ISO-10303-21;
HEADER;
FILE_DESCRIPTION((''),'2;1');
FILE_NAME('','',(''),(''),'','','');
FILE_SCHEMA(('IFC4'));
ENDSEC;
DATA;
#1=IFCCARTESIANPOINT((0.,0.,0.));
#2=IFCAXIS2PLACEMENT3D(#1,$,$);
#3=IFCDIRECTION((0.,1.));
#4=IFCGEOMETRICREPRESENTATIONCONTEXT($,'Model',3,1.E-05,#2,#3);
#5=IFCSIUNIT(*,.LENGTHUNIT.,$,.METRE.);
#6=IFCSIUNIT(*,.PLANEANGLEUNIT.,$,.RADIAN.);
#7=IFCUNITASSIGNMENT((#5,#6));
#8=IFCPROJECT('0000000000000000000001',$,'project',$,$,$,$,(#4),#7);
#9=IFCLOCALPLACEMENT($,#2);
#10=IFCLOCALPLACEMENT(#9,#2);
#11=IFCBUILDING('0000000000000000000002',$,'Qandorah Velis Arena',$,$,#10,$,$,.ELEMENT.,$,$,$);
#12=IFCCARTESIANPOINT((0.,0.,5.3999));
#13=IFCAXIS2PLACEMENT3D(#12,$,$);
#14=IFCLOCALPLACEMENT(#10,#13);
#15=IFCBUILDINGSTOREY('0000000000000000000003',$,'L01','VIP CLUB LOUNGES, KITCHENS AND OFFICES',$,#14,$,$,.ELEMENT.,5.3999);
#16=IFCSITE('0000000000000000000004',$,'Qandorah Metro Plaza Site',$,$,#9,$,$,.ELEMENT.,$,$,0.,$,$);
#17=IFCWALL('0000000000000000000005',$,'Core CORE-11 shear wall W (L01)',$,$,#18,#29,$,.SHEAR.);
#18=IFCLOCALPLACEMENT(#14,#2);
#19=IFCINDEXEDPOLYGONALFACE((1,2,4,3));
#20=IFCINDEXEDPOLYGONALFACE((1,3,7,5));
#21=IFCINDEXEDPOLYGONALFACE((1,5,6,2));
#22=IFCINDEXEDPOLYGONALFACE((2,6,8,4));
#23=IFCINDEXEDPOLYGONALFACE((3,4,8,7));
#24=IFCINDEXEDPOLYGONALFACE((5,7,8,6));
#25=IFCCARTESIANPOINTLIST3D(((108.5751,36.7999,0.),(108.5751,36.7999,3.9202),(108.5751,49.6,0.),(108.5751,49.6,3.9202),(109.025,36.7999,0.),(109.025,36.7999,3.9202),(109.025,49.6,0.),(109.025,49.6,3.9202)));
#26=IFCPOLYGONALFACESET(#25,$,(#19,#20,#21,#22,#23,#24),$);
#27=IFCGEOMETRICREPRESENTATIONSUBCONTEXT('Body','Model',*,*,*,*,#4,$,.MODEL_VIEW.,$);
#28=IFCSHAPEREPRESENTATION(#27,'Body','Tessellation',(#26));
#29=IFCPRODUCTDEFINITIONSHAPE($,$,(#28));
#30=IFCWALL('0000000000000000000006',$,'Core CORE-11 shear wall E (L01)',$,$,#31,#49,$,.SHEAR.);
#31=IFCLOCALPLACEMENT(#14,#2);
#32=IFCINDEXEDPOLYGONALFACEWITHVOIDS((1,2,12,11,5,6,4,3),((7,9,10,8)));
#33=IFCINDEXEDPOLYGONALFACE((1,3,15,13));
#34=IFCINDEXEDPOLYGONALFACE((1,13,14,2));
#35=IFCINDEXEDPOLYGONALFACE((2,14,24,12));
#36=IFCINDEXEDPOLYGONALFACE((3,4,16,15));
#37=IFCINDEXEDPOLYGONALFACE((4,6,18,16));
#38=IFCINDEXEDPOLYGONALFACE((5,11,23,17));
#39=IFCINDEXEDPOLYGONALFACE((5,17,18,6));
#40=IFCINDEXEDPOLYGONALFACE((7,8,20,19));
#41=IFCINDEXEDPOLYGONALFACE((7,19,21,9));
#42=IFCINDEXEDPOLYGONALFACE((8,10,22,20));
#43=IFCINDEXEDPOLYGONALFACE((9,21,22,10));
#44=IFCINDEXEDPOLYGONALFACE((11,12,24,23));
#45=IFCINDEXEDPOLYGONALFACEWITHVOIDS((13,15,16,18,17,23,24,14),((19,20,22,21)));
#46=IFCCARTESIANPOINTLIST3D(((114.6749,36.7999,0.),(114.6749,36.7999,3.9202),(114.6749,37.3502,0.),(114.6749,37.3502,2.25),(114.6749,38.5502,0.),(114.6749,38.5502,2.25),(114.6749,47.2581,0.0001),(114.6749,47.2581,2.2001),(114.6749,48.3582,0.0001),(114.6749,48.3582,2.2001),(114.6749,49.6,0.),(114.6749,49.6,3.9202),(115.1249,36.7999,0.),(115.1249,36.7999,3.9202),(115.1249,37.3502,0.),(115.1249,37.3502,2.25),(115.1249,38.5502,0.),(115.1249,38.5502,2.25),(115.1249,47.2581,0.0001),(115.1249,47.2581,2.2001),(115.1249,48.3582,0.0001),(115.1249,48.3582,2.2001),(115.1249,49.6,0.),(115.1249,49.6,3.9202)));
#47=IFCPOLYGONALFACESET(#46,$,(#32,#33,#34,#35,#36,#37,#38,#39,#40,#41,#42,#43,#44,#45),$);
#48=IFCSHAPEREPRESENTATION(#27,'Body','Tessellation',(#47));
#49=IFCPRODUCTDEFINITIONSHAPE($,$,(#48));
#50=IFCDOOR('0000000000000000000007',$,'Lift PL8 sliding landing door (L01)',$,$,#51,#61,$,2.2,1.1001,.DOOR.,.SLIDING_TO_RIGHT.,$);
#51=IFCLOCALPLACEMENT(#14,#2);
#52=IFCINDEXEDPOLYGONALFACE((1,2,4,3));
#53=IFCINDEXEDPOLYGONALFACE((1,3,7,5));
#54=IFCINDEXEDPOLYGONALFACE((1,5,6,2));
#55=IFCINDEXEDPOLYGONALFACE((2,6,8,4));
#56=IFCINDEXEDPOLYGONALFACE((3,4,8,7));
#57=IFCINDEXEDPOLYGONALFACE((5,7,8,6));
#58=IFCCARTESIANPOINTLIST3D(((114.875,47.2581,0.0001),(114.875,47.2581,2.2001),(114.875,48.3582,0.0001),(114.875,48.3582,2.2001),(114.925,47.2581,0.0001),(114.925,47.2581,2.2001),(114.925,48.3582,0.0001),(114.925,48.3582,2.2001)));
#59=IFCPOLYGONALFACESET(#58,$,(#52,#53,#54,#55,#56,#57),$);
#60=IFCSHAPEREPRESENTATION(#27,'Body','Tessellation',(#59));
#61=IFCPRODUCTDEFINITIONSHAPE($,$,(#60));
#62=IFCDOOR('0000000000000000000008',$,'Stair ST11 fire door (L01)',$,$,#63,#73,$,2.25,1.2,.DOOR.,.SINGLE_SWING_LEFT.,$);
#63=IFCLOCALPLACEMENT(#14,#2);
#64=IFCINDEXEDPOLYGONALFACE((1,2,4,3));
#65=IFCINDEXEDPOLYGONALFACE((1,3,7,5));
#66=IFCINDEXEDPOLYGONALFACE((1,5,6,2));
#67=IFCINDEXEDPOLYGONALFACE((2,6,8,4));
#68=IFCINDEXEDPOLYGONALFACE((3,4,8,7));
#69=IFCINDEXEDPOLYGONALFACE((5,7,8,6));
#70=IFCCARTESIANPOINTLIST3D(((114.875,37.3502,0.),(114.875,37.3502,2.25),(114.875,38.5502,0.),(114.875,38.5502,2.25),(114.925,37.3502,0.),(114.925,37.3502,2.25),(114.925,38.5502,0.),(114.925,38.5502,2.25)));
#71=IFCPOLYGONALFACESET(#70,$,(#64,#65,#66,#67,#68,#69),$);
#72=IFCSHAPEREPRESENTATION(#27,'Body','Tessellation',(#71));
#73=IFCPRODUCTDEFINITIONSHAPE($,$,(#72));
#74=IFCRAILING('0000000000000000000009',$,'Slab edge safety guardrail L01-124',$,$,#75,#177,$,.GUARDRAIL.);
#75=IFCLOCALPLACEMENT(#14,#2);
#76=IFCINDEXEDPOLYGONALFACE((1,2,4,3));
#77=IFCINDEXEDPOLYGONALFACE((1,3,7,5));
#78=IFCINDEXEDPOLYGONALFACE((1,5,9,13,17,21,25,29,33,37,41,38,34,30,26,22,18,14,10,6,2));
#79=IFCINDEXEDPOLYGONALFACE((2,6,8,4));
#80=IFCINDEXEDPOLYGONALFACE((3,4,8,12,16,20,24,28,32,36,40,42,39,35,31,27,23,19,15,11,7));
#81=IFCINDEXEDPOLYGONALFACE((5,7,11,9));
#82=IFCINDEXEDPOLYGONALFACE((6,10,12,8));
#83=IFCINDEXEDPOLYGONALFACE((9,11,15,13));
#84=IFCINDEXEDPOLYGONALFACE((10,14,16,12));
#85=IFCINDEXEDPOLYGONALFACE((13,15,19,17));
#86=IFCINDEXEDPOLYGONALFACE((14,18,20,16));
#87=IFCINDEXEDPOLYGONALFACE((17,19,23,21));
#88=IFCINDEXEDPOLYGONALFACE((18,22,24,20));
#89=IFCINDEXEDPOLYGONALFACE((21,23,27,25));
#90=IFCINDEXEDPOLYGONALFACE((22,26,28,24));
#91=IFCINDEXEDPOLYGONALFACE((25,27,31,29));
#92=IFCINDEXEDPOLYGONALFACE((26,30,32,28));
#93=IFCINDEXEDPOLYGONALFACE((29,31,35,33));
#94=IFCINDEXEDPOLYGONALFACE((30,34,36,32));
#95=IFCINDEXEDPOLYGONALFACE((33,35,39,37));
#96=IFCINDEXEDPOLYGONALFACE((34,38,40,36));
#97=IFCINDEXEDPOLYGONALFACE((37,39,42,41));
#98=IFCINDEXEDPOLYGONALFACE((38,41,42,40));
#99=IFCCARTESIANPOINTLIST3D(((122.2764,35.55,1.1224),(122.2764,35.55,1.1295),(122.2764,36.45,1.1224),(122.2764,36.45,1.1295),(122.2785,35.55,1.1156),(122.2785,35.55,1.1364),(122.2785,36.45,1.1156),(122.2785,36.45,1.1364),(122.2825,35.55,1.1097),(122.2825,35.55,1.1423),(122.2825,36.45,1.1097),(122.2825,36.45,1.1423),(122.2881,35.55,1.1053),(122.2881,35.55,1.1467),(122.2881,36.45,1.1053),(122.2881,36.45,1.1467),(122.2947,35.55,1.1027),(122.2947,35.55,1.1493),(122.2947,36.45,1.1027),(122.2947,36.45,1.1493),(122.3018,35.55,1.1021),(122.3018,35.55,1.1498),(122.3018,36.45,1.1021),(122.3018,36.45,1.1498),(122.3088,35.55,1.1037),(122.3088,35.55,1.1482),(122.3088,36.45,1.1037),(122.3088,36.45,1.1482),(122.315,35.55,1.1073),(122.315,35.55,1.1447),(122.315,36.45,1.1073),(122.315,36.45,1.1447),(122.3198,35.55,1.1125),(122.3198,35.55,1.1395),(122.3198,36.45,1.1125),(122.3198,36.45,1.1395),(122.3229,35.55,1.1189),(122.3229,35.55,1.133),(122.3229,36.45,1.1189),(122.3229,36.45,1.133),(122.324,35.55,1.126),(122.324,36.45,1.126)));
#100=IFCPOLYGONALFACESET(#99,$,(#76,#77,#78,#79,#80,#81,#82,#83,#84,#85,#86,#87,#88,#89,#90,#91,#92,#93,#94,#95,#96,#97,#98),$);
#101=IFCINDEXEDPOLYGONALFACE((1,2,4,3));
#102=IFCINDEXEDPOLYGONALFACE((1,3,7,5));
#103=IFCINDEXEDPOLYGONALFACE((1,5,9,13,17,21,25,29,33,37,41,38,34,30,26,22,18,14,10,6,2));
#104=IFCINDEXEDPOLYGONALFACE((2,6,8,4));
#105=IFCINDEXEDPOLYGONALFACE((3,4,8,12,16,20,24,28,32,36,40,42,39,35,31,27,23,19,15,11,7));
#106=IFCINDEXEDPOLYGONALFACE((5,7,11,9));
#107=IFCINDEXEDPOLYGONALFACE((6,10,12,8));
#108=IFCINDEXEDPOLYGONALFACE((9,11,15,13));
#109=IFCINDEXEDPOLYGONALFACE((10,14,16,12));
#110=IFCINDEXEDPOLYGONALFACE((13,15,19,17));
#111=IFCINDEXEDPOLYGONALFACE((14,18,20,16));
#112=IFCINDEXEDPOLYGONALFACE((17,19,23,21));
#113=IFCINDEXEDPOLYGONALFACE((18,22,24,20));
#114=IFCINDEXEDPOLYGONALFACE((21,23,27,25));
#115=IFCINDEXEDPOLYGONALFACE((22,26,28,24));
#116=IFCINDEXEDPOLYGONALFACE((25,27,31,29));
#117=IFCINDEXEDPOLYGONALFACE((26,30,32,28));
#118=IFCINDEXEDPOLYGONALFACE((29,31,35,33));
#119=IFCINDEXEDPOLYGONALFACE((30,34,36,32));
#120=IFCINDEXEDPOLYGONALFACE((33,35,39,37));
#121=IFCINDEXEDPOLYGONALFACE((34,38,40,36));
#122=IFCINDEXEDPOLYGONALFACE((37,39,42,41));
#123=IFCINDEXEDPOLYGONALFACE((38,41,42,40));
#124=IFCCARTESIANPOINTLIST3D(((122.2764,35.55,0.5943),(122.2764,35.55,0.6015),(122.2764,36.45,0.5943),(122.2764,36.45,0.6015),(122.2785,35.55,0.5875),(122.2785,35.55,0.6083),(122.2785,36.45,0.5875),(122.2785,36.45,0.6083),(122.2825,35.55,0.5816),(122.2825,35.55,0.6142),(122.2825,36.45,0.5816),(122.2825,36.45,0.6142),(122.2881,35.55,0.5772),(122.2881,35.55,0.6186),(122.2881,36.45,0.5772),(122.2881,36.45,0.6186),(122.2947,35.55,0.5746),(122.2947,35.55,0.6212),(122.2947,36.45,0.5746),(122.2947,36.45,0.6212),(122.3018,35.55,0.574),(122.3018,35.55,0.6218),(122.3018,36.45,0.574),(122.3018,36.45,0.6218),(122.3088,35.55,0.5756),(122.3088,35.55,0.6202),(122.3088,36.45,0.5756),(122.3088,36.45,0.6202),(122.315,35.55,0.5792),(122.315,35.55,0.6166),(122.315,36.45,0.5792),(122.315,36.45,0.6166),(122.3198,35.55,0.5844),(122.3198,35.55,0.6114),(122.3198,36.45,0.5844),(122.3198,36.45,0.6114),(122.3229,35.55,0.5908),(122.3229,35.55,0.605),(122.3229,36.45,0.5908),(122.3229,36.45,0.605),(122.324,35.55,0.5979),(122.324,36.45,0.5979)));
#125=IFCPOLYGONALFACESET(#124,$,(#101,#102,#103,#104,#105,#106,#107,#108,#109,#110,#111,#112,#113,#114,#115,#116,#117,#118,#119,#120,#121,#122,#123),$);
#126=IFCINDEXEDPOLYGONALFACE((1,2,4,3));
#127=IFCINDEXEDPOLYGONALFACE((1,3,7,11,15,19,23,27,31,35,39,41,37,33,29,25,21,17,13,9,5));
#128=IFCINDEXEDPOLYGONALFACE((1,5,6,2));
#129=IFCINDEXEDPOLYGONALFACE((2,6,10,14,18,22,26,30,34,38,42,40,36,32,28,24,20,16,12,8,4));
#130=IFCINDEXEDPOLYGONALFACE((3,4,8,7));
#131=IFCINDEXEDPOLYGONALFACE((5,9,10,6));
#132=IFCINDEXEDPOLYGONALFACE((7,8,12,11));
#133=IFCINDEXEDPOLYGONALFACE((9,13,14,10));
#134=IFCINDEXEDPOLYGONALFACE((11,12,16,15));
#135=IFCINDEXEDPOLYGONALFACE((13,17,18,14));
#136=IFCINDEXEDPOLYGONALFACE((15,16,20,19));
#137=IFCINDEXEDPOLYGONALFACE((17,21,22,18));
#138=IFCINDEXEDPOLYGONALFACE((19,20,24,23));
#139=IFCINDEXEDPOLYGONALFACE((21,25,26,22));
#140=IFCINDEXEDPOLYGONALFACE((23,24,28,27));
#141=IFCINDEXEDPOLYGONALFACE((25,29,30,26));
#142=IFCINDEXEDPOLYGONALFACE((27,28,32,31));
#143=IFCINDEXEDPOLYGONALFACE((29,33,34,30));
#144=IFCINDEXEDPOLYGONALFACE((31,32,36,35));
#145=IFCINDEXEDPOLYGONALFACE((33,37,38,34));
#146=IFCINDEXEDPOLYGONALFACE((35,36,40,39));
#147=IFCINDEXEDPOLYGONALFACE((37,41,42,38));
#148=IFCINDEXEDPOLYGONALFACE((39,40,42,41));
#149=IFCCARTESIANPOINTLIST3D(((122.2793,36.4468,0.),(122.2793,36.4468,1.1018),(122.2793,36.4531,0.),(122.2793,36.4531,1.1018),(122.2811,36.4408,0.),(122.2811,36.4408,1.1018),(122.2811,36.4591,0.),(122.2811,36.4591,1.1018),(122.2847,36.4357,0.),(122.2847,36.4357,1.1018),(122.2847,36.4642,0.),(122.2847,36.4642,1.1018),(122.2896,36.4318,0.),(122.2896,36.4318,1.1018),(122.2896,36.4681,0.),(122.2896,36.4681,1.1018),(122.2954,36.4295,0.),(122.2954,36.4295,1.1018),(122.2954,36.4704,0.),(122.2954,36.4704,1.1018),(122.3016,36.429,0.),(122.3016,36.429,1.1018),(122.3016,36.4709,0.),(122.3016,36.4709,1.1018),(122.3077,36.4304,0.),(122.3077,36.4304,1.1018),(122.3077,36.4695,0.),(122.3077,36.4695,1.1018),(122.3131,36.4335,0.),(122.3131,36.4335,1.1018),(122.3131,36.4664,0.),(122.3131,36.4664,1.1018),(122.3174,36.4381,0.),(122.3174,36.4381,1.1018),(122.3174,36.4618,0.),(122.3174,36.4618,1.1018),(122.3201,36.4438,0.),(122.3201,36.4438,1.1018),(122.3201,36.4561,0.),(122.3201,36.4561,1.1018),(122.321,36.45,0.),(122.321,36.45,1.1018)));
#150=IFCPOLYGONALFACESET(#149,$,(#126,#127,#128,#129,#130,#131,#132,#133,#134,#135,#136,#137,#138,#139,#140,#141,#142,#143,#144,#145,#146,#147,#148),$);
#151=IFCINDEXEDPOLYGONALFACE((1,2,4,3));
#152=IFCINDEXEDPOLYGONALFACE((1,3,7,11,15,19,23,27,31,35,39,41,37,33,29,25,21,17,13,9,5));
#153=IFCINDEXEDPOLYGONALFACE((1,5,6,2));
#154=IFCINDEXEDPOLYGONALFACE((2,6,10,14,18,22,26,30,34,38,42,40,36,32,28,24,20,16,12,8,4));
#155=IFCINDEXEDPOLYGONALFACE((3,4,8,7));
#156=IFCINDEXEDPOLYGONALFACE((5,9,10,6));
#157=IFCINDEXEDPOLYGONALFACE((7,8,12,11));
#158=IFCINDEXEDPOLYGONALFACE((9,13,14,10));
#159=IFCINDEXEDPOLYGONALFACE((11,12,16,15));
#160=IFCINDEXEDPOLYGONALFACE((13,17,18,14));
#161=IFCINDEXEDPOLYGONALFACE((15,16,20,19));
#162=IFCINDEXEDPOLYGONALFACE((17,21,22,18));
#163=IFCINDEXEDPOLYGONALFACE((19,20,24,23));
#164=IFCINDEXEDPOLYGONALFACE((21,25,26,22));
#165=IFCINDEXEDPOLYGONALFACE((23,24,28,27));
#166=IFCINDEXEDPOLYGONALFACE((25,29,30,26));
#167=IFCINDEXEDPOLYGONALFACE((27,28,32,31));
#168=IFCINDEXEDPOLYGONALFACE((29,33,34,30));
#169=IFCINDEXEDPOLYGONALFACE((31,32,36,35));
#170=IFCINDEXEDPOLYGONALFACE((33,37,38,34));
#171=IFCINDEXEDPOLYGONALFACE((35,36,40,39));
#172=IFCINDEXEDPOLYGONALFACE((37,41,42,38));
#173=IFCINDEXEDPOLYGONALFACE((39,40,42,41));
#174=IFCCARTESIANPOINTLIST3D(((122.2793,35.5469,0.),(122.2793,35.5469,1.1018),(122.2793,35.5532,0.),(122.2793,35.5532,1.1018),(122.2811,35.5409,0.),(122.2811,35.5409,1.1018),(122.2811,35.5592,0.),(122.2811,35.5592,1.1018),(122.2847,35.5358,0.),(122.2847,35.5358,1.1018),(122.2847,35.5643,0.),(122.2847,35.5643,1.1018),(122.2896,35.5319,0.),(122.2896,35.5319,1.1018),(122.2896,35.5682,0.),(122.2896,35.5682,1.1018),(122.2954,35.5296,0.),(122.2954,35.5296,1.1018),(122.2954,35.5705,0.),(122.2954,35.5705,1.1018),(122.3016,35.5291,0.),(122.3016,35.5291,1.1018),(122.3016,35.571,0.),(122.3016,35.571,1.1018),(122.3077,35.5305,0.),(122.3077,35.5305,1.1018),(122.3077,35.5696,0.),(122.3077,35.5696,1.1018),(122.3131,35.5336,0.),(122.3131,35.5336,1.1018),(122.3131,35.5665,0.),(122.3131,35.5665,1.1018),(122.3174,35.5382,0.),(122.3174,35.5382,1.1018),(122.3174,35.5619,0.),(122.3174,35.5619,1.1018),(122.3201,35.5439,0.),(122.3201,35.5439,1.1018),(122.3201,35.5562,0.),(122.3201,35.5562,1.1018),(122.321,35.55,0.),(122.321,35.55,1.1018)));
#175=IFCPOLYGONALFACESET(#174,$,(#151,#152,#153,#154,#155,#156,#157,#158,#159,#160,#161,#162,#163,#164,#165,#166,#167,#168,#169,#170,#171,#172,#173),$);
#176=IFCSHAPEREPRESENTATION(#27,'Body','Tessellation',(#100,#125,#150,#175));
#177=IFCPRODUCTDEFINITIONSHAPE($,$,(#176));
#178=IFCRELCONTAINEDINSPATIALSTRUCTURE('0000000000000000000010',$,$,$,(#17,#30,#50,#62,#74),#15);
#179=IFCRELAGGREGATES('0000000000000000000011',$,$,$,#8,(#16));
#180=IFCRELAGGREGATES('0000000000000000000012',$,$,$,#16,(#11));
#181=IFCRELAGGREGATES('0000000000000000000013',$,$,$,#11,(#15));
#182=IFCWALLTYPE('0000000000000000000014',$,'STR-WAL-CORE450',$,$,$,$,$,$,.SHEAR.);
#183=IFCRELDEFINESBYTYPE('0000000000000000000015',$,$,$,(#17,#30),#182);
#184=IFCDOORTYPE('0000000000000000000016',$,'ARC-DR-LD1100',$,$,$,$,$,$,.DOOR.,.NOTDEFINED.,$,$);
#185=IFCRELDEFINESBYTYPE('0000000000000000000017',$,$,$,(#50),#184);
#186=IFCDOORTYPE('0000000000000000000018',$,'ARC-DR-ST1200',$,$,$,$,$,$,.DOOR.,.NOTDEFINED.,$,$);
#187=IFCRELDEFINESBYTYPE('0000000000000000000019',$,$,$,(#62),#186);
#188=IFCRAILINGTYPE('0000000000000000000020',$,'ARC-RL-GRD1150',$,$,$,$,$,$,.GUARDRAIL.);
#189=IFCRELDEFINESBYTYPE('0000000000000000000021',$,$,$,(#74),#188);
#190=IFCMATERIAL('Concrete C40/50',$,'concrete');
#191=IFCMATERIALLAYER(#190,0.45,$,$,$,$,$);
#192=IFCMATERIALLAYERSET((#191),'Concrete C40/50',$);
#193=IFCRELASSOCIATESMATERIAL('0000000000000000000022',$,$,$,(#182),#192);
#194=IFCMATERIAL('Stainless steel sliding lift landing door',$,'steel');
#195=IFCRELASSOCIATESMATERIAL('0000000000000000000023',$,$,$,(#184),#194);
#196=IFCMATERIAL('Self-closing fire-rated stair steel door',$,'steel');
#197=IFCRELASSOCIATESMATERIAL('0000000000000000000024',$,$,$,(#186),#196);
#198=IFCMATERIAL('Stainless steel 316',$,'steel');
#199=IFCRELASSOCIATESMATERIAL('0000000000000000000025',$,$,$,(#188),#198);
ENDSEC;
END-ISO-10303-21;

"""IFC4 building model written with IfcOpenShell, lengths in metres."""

from ifc_helpers import new_model, si_unit, direction, frame, frame_2d, origin, origin_2d, place, context, subcontext, project, spatial, rectangle, circle, extrude, material, layer, layer_set, type_object, element, fill, save


model = new_model("IFC4")

# Units and contexts
model_context = context("Model", 3, precision=1e-05, world=origin(), true_north=direction((0.0, 1.0)))
body_context = subcontext(model_context, "Body", "Model", "MODEL_VIEW")
ifc_project = project(units=[si_unit("LENGTHUNIT", "METRE"), si_unit("PLANEANGLEUNIT", "RADIAN")], contexts=[model_context])

# Site, building, storey
site_placement = place(None, origin())
site = spatial("IfcSite", under=ifc_project, at=site_placement, Name="Qandorah Metro Plaza Site", CompositionType="ELEMENT", RefElevation=0.0)
building_placement = place(site_placement, origin())
building = spatial("IfcBuilding", under=site, at=building_placement, Name="Qandorah Velis Arena", CompositionType="ELEMENT")
storey_placement = place(building_placement, frame((0.0, 0.0, 5.3999)))
storey = spatial("IfcBuildingStorey", under=building, at=storey_placement, Name="L01", Description="VIP CLUB LOUNGES, KITCHENS AND OFFICES", CompositionType="ELEMENT", Elevation=5.3999)

# Shared definitions
ifc_material_1 = material(Name="Concrete C40/50", Category="concrete")

# Wall
ifc_layer_1 = layer(ifc_material_1, 0.45)
ifc_layer_set_1 = layer_set([ifc_layer_1], Name="Concrete C40/50")
wall_type = type_object("IfcWallType", Name="STR-WAL-CORE450", PredefinedType="SHEAR", material=ifc_layer_set_1)
wall_1_placement = place(storey_placement, frame((108.8, 36.8, 0.0), z_axis=(0.0, 0.0, 1.0), x_axis=(0.0, 1.0, 0.0)))
element("IfcWall", 1, at=wall_1_placement, inside=storey, type_object=wall_type, Name="Core CORE-11 shear wall W (L01)", PredefinedType="SHEAR", context=body_context, shape_type="SweptSolid", body=[
    extrude(rectangle(XDim=12.8, YDim=0.45, at=frame_2d((6.3999, 0.0))), origin(), (0.0, 0.0, 1.0), 3.9202),
])

# Wall, openings, doors
wall_2_placement = place(storey_placement, frame((114.8999, 36.8, 0.0), z_axis=(0.0, 0.0, 1.0), x_axis=(0.0, 1.0, 0.0)))
wall_2 = element("IfcWall", 2, at=wall_2_placement, inside=storey, type_object=wall_type, Name="Core CORE-11 shear wall E (L01)", PredefinedType="SHEAR", context=body_context, shape_type="SweptSolid", body=[
    extrude(rectangle(XDim=12.8, YDim=0.45, at=frame_2d((6.3999, 0.0))), origin(), (0.0, 0.0, 1.0), 3.9202),
])
opening_1_placement = place(wall_2_placement, frame((0.55, 0.0, 0.0)))
opening_1 = element("IfcOpeningElement", 3, at=opening_1_placement, cuts=wall_2, PredefinedType="OPENING", context=body_context, shape_type="SweptSolid", body=[
    extrude(rectangle(XDim=1.2, YDim=2.25, at=frame_2d((0.6001, 1.125))), frame((0.0, 0.2349, 0.0), z_axis=(0.0, -1.0, 0.0), x_axis=(1.0, 0.0, 0.0)), (0.0, 0.0, 1.0), 0.47),
])
opening_2_placement = place(wall_2_placement, frame((10.458, 0.0, 0.0)))
opening_2 = element("IfcOpeningElement", 4, at=opening_2_placement, cuts=wall_2, PredefinedType="OPENING", context=body_context, shape_type="SweptSolid", body=[
    extrude(rectangle(XDim=1.1001, YDim=2.2, at=frame_2d((0.55, 1.1001))), frame((0.0, 0.2349, 0.0), z_axis=(0.0, -1.0, 0.0), x_axis=(1.0, 0.0, 0.0)), (0.0, 0.0, 1.0), 0.47),
])
ifc_material_2 = material(Name="Stainless steel sliding lift landing door", Category="steel")
door_type_1 = type_object("IfcDoorType", Name="ARC-DR-LD1100", OperationType="NOTDEFINED", PredefinedType="DOOR", material=ifc_material_2)
door_1_placement = place(opening_2_placement, origin())
door_1 = element("IfcDoor", 5, at=door_1_placement, inside=storey, type_object=door_type_1, Name="Lift PL8 sliding landing door (L01)", OperationType="SLIDING_TO_RIGHT", OverallHeight=2.2, OverallWidth=1.1001, PredefinedType="DOOR", context=body_context, shape_type="SweptSolid", body=[
    extrude(rectangle(XDim=1.1001, YDim=2.2, at=frame_2d((0.55, 1.1001))), frame((0.0, 0.0249, 0.0), z_axis=(0.0, -1.0, 0.0), x_axis=(1.0, 0.0, 0.0)), (0.0, 0.0, 1.0), 0.05),
])
fill(opening_2, door_1)
ifc_material_3 = material(Name="Self-closing fire-rated stair steel door", Category="steel")
door_type_2 = type_object("IfcDoorType", Name="ARC-DR-ST1200", OperationType="NOTDEFINED", PredefinedType="DOOR", material=ifc_material_3)
door_2_placement = place(opening_1_placement, origin())
door_2 = element("IfcDoor", 6, at=door_2_placement, inside=storey, type_object=door_type_2, Name="Stair ST11 fire door (L01)", OperationType="SINGLE_SWING_LEFT", OverallHeight=2.25, OverallWidth=1.2, PredefinedType="DOOR", context=body_context, shape_type="SweptSolid", body=[
    extrude(rectangle(XDim=1.2, YDim=2.25, at=frame_2d((0.6001, 1.125))), frame((0.0, 0.0249, 0.0), z_axis=(0.0, -1.0, 0.0), x_axis=(1.0, 0.0, 0.0)), (0.0, 0.0, 1.0), 0.05),
])
fill(opening_1, door_2)

# Railing
ifc_material_4 = material(Name="Stainless steel 316", Category="steel")
railing_type = type_object("IfcRailingType", Name="ARC-RL-GRD1150", PredefinedType="GUARDRAIL", material=ifc_material_4)
railing_placement = place(storey_placement, frame((122.3, 36.45, 0.0)))
element("IfcRailing", 7, at=railing_placement, inside=storey, type_object=railing_type, Name="Slab edge safety guardrail L01-124", PredefinedType="GUARDRAIL", context=body_context, shape_type="SweptSolid", body=[
    extrude(circle(Radius=0.0239, at=origin_2d()), frame((0.0, 0.0, 1.126), z_axis=(0.0, -1.0, 0.0), x_axis=(1.0, 0.0, 0.0)), (0.0, 0.0, 1.0), 0.8999),
    extrude(circle(Radius=0.0239, at=origin_2d()), frame((0.0, 0.0, 0.5979), z_axis=(0.0, -1.0, 0.0), x_axis=(1.0, 0.0, 0.0)), (0.0, 0.0, 1.0), 0.8999),
    extrude(circle(Radius=0.021, at=origin_2d()), origin(), (0.0, 0.0, 1.0), 1.1018),
    extrude(circle(Radius=0.021, at=origin_2d()), frame((0.0, -0.8999, 0.0)), (0.0, 0.0, 1.0), 1.1018),
])

save(model, "model.ifc")
